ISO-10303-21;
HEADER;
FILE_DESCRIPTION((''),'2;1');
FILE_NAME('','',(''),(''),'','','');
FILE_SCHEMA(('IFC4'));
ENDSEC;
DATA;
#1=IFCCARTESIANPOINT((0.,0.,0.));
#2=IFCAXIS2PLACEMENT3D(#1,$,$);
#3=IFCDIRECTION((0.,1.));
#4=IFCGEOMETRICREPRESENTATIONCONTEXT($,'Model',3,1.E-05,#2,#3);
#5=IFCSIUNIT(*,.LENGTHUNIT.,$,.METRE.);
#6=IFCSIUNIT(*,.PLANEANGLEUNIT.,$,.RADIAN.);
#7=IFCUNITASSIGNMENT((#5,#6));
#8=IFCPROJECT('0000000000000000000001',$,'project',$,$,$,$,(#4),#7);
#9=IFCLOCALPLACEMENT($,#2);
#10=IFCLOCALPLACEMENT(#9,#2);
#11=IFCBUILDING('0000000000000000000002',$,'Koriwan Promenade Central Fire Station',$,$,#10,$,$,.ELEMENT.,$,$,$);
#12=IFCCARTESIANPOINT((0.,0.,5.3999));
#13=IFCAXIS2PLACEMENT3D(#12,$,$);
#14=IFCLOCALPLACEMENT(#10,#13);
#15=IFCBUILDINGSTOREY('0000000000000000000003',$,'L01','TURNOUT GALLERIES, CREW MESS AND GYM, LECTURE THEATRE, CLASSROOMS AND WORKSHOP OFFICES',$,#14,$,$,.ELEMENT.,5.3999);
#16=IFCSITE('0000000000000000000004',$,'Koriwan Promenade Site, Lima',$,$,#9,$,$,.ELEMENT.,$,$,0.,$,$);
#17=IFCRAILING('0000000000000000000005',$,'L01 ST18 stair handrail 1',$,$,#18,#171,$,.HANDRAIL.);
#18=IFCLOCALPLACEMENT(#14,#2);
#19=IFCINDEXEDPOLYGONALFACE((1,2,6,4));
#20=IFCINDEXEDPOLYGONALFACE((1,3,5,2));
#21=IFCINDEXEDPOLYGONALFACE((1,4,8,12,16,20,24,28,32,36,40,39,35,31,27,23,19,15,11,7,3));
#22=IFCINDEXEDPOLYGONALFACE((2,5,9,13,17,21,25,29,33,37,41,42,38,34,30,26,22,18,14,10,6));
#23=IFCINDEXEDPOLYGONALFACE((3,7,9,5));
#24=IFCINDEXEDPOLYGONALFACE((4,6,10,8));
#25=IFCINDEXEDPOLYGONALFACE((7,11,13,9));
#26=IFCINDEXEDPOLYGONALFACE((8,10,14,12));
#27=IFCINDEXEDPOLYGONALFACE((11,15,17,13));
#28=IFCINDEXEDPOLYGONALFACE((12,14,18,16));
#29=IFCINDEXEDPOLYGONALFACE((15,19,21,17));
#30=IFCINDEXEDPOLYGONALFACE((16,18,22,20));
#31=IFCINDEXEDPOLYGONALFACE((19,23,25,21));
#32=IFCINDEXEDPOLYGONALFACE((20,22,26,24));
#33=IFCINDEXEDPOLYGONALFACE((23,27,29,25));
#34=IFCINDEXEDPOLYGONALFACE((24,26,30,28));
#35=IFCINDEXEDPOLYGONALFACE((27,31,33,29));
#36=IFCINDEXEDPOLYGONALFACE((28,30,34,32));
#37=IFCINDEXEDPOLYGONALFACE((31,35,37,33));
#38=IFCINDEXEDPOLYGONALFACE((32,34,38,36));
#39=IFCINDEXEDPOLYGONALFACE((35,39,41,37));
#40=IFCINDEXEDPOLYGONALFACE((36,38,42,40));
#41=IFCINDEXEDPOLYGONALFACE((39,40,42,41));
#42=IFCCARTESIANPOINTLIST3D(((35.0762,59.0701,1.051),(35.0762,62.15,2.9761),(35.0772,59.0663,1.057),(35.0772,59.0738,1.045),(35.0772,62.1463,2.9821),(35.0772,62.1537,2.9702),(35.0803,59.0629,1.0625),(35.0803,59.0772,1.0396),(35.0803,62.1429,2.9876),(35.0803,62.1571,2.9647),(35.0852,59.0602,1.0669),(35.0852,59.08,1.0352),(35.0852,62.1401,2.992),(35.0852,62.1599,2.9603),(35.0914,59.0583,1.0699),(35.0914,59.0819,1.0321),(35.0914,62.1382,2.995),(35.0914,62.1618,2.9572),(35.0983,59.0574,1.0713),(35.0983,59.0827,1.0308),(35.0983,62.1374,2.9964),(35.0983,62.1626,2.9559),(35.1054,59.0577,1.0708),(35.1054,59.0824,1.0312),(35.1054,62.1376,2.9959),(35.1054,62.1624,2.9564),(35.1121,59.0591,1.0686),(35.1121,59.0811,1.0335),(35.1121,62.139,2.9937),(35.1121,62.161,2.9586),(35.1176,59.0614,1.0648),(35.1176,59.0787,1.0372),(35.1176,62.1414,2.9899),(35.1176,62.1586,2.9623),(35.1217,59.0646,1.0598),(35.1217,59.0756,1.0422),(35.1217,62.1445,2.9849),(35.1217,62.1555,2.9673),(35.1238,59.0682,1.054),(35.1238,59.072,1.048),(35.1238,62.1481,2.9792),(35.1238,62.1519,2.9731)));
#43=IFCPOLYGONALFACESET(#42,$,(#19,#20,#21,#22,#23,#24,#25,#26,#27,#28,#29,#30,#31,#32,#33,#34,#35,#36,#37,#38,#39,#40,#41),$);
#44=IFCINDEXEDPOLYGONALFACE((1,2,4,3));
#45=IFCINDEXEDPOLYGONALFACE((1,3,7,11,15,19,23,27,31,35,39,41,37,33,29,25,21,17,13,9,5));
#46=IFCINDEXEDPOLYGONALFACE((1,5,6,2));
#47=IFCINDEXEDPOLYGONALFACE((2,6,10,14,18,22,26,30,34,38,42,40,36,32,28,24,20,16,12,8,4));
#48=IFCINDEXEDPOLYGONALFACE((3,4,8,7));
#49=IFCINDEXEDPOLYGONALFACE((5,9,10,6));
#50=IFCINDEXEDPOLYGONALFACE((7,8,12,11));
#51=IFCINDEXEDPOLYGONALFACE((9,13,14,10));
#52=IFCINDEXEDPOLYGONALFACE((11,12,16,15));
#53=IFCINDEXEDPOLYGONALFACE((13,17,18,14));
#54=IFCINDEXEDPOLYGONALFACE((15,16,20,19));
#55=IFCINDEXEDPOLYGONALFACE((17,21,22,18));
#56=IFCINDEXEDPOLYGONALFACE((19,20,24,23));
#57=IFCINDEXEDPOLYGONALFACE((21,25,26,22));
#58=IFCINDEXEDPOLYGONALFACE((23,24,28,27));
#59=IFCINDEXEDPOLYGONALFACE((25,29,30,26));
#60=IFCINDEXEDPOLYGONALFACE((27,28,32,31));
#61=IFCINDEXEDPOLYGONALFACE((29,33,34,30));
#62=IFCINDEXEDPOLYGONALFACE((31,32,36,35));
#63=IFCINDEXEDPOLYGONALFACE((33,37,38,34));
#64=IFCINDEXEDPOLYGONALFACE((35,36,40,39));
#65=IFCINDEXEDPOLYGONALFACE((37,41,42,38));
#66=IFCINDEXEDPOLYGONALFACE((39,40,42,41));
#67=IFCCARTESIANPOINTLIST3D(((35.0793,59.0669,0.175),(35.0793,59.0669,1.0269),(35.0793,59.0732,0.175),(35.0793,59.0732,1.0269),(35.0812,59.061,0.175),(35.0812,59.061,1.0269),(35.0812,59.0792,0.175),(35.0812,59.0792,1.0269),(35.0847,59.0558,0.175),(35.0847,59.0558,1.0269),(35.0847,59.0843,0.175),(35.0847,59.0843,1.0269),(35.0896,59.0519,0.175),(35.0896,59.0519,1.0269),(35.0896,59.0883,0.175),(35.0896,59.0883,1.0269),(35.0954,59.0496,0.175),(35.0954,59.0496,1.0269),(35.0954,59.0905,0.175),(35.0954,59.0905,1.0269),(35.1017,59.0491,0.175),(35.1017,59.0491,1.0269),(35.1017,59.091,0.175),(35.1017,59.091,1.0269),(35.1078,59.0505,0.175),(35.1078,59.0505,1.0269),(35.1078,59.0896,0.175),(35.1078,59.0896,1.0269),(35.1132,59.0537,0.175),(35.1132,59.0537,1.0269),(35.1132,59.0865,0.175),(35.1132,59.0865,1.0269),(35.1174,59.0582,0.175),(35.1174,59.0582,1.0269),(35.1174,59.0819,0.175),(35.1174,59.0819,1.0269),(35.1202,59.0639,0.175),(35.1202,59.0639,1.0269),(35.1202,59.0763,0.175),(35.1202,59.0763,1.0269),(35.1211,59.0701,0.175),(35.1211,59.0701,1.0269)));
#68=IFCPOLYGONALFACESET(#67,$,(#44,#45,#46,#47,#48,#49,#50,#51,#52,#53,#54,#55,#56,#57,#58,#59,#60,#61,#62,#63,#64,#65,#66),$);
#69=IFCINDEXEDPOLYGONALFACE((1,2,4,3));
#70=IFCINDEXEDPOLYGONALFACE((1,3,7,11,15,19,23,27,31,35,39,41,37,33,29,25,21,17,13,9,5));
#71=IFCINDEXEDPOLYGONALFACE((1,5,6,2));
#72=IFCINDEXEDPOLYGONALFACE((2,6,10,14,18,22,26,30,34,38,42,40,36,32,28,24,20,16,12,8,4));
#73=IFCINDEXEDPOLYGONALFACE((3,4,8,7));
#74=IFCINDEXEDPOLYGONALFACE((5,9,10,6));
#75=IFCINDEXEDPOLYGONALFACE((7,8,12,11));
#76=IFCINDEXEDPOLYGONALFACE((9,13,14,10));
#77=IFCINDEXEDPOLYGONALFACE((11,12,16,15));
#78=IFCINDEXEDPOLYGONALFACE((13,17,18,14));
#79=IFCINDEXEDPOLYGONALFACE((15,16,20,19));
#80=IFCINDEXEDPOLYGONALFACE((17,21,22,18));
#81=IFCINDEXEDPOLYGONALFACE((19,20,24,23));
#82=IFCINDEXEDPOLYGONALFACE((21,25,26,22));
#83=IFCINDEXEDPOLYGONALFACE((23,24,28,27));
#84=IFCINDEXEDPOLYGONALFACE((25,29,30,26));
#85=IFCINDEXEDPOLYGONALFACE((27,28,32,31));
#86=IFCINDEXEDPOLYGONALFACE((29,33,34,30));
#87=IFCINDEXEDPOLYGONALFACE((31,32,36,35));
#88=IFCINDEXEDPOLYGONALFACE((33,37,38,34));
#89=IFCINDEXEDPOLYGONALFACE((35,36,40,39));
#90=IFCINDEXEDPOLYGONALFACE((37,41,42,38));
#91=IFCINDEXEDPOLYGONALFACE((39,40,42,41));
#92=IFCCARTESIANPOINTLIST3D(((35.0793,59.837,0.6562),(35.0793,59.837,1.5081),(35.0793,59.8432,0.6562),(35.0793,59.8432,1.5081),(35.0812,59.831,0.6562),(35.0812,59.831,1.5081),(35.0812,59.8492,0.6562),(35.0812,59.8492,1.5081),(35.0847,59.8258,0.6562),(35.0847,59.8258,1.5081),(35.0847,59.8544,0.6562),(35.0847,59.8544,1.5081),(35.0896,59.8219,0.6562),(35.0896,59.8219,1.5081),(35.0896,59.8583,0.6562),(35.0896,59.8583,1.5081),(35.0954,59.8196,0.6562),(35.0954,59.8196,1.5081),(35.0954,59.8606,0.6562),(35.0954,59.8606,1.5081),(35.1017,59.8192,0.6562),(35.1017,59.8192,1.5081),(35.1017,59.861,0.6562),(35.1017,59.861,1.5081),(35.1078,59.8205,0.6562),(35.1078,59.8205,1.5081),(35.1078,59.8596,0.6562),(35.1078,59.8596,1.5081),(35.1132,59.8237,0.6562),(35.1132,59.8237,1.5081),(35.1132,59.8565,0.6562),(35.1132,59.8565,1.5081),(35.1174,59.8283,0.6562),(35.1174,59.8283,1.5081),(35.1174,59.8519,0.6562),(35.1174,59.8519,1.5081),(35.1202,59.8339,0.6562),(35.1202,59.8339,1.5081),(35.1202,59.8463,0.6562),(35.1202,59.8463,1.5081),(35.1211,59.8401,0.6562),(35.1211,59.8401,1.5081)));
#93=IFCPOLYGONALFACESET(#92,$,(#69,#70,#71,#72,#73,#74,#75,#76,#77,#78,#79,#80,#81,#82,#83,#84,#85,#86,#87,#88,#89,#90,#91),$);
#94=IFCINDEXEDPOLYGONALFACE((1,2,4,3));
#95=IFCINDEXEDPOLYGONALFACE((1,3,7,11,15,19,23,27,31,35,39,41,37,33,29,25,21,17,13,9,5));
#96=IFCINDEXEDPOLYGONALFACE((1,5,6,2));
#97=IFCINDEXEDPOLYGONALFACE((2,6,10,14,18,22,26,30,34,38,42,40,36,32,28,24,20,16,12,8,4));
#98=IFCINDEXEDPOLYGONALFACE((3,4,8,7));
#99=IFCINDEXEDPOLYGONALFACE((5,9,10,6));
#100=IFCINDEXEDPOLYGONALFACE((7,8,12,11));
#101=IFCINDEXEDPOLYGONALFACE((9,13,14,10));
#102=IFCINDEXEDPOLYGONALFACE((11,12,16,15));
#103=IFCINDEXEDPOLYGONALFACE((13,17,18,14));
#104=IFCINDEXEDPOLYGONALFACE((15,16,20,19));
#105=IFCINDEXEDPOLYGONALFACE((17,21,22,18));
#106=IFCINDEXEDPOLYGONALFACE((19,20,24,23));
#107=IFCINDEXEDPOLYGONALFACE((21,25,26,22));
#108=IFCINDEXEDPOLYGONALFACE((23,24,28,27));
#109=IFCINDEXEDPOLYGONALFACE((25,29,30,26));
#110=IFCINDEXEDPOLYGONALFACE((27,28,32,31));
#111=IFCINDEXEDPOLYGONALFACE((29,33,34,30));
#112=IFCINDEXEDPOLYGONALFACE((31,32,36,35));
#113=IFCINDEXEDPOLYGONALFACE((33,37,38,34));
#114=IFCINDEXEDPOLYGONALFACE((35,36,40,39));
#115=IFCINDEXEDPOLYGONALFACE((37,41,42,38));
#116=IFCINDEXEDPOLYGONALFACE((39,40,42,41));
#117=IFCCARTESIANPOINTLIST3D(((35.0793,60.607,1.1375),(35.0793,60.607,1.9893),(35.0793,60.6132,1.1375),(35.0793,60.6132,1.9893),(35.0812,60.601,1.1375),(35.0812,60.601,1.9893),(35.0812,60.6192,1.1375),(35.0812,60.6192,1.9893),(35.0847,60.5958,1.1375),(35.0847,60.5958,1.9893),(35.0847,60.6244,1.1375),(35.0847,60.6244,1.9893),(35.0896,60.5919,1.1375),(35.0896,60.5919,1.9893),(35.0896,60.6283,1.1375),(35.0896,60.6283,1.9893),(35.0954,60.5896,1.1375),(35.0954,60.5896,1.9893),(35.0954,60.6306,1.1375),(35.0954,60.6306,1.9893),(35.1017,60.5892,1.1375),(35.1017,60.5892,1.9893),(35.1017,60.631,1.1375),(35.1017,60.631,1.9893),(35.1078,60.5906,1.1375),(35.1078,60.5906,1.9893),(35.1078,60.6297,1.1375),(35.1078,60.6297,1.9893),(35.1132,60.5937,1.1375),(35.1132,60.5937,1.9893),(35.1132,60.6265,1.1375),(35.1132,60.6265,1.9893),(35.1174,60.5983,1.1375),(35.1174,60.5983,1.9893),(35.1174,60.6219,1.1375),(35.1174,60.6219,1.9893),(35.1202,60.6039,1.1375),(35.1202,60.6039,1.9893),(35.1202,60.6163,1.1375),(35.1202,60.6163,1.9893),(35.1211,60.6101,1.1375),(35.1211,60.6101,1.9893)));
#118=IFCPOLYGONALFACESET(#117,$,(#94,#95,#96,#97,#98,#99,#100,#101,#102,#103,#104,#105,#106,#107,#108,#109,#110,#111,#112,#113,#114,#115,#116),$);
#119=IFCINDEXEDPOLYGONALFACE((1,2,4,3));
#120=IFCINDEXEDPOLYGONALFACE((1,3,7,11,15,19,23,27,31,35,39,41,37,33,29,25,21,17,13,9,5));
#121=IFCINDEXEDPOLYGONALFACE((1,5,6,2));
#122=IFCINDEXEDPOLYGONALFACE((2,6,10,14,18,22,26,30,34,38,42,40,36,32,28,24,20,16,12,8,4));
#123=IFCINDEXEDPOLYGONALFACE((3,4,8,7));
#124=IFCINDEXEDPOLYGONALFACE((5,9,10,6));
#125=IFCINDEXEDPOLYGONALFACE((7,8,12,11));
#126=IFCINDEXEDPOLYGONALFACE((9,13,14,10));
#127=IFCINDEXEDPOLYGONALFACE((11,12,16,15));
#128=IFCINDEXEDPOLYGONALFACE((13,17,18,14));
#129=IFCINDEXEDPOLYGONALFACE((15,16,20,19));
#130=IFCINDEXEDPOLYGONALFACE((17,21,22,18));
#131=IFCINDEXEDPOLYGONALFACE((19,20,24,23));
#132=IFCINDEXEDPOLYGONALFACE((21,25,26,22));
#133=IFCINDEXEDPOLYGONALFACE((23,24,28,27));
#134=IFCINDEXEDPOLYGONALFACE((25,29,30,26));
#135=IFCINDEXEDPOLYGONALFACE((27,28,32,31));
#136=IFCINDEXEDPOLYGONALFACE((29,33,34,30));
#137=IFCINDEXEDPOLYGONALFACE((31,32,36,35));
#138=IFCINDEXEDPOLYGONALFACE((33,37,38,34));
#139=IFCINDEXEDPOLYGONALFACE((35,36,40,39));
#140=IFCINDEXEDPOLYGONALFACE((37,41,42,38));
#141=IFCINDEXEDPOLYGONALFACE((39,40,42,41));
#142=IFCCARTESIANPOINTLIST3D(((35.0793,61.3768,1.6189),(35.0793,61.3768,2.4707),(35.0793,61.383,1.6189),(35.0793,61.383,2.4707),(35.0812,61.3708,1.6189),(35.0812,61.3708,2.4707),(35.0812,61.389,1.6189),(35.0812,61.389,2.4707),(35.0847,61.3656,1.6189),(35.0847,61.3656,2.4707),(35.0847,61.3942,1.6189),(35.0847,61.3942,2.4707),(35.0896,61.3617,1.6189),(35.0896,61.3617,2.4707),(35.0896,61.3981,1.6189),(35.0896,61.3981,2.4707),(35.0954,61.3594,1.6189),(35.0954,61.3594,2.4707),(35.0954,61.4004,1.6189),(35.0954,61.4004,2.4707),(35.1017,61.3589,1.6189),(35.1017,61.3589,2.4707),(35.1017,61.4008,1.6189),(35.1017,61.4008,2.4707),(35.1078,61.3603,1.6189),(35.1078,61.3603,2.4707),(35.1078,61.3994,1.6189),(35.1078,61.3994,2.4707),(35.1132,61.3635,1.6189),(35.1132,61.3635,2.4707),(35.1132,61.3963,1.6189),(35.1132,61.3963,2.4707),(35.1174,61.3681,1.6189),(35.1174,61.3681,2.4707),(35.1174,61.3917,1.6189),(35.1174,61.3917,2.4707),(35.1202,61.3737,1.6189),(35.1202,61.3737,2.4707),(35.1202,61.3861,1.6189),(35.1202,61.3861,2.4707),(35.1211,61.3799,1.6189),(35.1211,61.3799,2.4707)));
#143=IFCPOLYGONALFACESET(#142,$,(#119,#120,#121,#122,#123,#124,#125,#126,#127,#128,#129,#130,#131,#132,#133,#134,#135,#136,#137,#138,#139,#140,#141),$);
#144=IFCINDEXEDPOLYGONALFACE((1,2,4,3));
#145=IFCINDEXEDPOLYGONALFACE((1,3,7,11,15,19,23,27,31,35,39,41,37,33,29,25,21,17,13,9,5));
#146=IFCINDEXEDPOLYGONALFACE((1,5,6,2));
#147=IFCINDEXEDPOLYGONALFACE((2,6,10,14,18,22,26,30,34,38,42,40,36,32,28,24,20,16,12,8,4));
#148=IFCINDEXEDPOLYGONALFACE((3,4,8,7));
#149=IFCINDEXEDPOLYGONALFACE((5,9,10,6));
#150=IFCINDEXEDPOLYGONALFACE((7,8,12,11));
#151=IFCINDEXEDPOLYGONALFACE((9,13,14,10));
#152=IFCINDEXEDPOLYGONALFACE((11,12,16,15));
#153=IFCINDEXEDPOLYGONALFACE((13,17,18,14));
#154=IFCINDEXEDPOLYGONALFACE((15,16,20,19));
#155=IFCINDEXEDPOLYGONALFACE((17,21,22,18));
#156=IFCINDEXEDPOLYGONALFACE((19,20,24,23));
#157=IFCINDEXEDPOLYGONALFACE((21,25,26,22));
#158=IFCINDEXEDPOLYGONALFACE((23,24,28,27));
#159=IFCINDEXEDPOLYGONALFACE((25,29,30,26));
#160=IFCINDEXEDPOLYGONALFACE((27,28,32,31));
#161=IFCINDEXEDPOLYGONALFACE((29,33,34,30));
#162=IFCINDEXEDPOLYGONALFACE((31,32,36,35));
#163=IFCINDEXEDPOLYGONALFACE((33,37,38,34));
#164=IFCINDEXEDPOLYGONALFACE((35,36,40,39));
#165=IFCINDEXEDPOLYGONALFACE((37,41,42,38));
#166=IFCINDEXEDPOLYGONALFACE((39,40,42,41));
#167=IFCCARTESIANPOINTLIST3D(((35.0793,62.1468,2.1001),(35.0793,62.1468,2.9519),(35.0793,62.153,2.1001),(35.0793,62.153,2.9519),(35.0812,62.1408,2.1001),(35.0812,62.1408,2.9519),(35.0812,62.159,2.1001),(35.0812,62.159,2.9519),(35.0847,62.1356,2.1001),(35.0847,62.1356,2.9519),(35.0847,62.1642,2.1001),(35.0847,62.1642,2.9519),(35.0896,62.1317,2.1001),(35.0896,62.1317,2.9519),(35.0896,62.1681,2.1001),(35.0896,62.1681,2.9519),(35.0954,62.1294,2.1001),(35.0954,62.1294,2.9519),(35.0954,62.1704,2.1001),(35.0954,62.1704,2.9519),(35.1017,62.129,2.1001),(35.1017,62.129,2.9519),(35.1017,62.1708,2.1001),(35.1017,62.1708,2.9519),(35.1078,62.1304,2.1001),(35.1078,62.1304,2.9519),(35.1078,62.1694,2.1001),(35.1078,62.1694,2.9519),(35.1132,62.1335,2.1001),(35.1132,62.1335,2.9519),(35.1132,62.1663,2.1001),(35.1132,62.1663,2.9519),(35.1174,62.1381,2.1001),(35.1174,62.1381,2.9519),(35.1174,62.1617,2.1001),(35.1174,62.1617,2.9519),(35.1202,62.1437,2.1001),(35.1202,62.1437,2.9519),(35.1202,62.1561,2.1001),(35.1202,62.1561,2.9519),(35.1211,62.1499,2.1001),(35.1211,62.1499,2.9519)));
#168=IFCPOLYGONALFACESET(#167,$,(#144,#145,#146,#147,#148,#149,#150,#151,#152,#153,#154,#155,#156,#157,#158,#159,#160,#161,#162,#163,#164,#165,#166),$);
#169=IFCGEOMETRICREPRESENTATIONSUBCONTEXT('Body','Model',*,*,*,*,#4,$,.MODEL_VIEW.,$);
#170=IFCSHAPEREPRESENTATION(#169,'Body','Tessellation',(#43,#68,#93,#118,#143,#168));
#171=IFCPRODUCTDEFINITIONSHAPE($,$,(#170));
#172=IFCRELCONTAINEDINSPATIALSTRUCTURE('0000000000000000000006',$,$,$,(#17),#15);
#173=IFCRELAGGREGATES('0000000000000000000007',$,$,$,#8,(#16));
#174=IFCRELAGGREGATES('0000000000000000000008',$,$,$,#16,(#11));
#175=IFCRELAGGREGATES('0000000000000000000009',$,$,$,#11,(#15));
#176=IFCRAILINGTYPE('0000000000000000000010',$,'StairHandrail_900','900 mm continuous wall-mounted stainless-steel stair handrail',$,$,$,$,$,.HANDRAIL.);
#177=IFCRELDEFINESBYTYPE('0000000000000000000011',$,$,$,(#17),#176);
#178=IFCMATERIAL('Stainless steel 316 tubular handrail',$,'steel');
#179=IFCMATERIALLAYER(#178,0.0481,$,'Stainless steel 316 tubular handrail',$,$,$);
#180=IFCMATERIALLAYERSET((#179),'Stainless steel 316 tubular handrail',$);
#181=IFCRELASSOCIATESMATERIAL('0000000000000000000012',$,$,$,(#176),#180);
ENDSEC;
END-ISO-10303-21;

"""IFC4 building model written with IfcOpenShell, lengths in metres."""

from ifc_helpers import new_model, si_unit, direction, frame, origin, origin_2d, place, context, subcontext, project, spatial, circle, extrude, material, layer, layer_set, type_object, element, save


model = new_model("IFC4")

# Units and contexts
model_context = context("Model", 3, precision=1e-05, world=origin(), true_north=direction((0.0, 1.0)))
body_context = subcontext(model_context, "Body", "Model", "MODEL_VIEW")
ifc_project = project(units=[si_unit("LENGTHUNIT", "METRE"), si_unit("PLANEANGLEUNIT", "RADIAN")], contexts=[model_context])

# Site, building, storey
site_placement = place(None, origin())
site = spatial("IfcSite", under=ifc_project, at=site_placement, Name="Koriwan Promenade Site, Lima", CompositionType="ELEMENT", RefElevation=0.0)
building_placement = place(site_placement, origin())
building = spatial("IfcBuilding", under=site, at=building_placement, Name="Koriwan Promenade Central Fire Station", CompositionType="ELEMENT")
storey_placement = place(building_placement, frame((0.0, 0.0, 5.3999)))
storey = spatial("IfcBuildingStorey", under=building, at=storey_placement, Name="L01", Description="TURNOUT GALLERIES, CREW MESS AND GYM, LECTURE THEATRE, CLASSROOMS AND WORKSHOP OFFICES", CompositionType="ELEMENT", Elevation=5.3999)

# Railing
ifc_material_1 = material(Name="Stainless steel 316 tubular handrail", Category="steel")
ifc_layer_1 = layer(ifc_material_1, 0.0481, Name="Stainless steel 316 tubular handrail")
ifc_layer_set_1 = layer_set([ifc_layer_1], Name="Stainless steel 316 tubular handrail")
railing_type_1 = type_object("IfcRailingType", Name="StairHandrail_900", Description="900 mm continuous wall-mounted stainless-steel stair handrail", PredefinedType="HANDRAIL", material=ifc_layer_set_1)
railing_1_placement = place(storey_placement, frame((35.1001, 59.0701, 0.175)))
element("IfcRailing", 1, at=railing_1_placement, inside=storey, type_object=railing_type_1, Name="L01 ST18 stair handrail 1", PredefinedType="HANDRAIL", context=body_context, shape_type="SweptSolid", body=[
    extrude(circle(Radius=0.0239, at=origin_2d()), frame((0.0, 0.0, 0.876), z_axis=(0.0, 0.847979, 0.530029), x_axis=(-1.0, 0.0, 0.0)), (0.0, 0.0, 1.0), 3.6321),
    extrude(circle(Radius=0.021, at=origin_2d()), origin(), (0.0, 0.0, 1.0), 0.8518),
    extrude(circle(Radius=0.021, at=origin_2d()), frame((0.0, 0.77, 0.4812)), (0.0, 0.0, 1.0), 0.8518),
    extrude(circle(Radius=0.021, at=origin_2d()), frame((0.0, 1.54, 0.9624)), (0.0, 0.0, 1.0), 0.8518),
    extrude(circle(Radius=0.021, at=origin_2d()), frame((0.0, 2.3098, 1.4438)), (0.0, 0.0, 1.0), 0.8518),
    extrude(circle(Radius=0.021, at=origin_2d()), frame((0.0, 3.0798, 1.925)), (0.0, 0.0, 1.0), 0.8518),
])

save(model, "model.ifc")
